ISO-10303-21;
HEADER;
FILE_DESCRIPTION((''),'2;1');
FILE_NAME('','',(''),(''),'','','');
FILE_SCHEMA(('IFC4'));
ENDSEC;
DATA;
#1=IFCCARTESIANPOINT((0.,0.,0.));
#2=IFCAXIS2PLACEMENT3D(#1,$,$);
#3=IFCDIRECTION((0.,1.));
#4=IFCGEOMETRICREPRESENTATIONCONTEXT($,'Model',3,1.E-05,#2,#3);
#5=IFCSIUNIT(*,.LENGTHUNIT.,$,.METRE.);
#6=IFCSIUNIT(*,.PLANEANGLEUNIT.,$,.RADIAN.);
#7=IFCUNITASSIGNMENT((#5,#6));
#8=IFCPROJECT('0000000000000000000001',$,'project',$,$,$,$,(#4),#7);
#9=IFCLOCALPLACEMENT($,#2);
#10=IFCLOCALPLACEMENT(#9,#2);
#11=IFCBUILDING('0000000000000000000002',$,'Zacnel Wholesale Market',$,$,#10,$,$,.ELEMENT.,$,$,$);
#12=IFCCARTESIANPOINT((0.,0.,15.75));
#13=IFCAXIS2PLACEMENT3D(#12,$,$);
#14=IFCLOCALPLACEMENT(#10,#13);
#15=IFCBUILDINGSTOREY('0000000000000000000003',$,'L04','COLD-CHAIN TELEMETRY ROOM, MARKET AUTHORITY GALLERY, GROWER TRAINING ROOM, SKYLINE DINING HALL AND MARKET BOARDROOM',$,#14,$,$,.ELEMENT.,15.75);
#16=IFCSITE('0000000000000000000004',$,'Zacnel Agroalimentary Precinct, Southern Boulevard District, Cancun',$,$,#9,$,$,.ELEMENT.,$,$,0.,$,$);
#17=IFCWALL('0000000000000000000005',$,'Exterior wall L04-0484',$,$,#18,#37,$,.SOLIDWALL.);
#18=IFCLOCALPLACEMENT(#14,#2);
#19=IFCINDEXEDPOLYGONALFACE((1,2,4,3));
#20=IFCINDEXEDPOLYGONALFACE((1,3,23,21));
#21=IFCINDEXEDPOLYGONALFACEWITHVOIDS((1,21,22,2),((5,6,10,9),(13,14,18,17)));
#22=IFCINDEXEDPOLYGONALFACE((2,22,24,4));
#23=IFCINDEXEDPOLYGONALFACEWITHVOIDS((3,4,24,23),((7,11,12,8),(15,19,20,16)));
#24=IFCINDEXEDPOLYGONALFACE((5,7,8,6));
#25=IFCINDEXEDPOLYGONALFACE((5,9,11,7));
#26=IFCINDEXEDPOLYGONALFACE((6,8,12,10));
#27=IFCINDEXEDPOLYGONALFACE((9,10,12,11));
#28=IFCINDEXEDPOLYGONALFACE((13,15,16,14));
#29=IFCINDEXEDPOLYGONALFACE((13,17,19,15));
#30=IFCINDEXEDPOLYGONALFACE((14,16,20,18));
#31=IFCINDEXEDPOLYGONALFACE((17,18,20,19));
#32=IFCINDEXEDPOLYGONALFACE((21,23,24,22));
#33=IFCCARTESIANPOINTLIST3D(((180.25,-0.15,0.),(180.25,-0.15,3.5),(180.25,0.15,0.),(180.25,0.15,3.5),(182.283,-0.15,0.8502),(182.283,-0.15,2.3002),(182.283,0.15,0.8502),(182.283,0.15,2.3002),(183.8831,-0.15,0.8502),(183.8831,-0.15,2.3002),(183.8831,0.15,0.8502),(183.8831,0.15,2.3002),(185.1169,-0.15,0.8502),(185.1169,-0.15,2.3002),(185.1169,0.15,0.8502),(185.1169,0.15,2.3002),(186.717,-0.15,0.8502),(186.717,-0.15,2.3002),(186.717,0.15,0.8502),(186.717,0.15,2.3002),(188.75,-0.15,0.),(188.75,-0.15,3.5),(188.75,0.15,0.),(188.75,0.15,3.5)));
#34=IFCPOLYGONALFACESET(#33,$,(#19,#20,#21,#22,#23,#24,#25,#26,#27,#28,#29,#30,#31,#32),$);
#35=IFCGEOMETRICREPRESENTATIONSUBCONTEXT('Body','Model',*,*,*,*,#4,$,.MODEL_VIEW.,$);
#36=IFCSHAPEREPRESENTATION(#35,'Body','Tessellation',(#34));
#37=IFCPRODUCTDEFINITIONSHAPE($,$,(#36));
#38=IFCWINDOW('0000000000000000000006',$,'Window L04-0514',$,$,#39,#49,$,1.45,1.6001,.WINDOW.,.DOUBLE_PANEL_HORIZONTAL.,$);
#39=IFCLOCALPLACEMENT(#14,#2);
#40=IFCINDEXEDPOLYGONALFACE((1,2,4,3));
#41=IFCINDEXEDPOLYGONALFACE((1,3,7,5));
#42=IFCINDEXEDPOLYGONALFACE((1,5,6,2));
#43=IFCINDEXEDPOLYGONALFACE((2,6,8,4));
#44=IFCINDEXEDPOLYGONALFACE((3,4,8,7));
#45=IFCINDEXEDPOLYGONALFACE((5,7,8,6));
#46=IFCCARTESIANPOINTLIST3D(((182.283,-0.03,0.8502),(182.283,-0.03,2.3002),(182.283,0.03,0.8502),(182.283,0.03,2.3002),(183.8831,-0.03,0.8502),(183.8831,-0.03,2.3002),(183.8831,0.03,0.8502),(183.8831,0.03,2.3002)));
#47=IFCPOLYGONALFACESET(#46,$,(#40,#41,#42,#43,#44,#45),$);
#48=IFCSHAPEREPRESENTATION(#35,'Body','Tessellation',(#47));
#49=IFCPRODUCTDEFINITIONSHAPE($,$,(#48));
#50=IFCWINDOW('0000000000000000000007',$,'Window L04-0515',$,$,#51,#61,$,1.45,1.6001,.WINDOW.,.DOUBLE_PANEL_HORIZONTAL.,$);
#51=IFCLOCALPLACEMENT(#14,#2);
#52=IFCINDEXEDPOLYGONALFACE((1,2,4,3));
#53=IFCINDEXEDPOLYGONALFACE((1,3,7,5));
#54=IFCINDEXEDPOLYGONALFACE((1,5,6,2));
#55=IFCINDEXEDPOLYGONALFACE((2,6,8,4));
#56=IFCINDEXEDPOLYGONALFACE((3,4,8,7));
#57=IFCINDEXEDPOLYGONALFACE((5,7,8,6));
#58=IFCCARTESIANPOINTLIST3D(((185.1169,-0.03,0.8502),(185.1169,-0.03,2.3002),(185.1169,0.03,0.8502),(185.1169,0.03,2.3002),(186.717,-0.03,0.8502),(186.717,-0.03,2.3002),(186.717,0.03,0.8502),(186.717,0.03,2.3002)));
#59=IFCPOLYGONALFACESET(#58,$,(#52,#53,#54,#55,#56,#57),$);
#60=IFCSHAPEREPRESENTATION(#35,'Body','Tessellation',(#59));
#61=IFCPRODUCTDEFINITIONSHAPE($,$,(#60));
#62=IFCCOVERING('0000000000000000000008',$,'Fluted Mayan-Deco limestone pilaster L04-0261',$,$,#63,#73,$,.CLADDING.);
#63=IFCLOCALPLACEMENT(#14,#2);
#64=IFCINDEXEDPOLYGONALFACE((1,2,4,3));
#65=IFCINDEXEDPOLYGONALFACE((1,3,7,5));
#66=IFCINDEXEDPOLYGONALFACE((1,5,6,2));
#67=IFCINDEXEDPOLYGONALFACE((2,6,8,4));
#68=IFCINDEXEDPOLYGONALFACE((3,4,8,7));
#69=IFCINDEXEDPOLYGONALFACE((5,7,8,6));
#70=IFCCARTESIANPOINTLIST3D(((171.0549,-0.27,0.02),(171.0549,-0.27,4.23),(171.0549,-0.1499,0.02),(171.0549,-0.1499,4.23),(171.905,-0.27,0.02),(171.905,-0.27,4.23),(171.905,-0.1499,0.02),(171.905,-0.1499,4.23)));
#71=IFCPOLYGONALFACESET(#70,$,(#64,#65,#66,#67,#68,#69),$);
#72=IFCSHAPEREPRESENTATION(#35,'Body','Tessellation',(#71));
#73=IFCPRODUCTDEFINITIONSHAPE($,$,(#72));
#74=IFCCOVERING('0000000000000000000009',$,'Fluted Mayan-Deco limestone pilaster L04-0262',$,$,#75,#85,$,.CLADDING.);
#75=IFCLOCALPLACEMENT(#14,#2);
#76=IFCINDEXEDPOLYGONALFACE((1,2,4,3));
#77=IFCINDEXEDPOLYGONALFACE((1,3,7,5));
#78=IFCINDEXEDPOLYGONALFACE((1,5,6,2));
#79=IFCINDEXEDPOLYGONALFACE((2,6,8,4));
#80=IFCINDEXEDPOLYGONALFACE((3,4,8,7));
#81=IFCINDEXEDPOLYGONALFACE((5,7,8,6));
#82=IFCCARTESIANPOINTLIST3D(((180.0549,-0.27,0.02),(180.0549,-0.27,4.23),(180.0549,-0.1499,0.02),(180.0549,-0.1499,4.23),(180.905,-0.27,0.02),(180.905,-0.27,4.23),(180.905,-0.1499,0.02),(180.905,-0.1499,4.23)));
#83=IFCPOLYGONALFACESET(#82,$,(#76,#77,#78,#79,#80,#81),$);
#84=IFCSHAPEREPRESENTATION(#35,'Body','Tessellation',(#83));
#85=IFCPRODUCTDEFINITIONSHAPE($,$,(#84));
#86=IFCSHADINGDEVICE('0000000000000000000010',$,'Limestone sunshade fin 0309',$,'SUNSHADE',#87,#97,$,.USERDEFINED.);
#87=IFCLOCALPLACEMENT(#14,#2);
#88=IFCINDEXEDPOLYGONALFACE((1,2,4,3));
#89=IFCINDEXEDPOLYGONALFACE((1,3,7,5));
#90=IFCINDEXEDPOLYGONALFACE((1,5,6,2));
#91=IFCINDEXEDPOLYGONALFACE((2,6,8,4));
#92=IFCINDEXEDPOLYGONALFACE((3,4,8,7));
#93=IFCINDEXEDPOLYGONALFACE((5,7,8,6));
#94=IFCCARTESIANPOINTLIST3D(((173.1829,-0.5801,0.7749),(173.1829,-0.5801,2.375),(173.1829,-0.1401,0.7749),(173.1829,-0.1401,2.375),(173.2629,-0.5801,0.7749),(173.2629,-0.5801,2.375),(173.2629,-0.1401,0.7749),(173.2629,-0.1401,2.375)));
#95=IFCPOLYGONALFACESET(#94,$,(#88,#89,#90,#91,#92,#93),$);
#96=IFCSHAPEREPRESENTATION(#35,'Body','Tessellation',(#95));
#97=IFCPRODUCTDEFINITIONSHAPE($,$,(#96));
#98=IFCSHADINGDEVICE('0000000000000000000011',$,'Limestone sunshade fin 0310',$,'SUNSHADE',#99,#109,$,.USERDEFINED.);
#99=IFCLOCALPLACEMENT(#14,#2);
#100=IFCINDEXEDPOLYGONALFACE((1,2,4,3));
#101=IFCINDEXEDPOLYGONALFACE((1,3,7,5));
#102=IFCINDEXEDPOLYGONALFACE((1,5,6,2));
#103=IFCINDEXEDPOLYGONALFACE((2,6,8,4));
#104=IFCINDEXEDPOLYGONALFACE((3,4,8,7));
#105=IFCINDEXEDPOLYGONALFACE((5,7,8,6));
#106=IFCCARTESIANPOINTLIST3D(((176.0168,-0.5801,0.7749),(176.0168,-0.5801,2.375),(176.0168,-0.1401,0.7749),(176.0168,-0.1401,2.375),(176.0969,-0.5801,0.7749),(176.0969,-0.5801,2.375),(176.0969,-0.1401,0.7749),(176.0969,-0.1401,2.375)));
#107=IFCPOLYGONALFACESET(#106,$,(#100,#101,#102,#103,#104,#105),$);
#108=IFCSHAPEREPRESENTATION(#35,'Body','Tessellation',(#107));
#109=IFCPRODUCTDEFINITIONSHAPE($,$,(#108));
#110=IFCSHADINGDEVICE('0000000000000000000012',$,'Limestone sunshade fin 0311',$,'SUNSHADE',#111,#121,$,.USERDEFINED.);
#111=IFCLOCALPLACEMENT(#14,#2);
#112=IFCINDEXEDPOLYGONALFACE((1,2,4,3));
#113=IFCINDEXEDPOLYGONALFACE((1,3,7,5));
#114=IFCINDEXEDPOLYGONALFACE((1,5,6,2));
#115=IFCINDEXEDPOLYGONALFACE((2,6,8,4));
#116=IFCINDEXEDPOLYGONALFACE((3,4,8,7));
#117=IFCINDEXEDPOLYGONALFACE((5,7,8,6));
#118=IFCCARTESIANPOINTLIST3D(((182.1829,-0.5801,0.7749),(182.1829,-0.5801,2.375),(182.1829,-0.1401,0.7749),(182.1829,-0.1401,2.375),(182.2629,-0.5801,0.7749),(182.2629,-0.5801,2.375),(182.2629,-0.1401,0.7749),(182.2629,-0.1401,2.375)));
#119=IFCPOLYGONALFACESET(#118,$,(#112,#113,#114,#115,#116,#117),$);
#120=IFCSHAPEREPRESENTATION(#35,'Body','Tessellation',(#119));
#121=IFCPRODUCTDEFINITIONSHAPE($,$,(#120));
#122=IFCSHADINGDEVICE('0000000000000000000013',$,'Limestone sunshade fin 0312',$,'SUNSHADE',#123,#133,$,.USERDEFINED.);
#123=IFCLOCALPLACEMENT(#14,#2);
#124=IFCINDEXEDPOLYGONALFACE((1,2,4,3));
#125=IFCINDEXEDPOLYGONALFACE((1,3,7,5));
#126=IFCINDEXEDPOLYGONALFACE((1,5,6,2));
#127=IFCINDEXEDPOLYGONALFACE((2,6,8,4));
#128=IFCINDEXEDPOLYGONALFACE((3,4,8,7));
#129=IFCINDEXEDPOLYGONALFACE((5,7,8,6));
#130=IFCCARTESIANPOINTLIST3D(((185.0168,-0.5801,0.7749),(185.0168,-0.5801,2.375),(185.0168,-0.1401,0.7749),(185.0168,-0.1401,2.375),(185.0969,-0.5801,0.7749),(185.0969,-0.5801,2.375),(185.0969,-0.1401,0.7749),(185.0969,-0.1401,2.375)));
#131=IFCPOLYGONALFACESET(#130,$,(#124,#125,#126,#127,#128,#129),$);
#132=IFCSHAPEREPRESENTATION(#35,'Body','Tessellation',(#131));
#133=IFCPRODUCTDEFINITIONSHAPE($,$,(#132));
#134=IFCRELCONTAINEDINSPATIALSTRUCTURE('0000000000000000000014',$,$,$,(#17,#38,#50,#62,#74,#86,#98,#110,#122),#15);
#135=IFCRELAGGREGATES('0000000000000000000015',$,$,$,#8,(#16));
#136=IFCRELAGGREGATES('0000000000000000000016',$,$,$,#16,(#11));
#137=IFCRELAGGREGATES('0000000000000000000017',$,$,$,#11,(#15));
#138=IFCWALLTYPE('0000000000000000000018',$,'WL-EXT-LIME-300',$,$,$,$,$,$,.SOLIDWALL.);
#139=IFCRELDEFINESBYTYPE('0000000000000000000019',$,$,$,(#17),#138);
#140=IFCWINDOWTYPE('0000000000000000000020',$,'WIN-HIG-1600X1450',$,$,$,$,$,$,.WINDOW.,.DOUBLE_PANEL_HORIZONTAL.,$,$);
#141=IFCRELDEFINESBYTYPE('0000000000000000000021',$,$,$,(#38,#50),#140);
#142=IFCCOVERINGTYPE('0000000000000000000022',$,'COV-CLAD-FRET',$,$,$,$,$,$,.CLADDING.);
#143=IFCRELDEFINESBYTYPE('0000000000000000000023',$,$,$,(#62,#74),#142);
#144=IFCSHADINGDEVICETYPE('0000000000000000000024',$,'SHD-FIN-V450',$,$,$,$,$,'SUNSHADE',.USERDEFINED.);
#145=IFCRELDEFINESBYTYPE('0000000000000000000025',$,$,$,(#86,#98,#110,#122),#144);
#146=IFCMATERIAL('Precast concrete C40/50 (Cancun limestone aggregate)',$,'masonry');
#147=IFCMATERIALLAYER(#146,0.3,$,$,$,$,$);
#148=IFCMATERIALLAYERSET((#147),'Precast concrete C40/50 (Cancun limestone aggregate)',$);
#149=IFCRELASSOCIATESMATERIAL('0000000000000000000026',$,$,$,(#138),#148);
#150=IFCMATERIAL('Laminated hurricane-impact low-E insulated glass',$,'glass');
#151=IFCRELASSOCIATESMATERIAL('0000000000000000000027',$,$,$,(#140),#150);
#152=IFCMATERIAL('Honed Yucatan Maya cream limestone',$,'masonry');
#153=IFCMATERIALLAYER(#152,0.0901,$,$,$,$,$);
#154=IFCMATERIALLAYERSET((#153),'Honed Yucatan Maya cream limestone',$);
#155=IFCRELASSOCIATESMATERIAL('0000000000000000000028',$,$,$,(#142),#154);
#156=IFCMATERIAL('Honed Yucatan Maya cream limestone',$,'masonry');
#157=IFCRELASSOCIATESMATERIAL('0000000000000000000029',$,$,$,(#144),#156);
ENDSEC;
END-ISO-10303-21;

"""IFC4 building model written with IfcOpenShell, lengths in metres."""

from ifc_helpers import new_model, si_unit, direction, frame, frame_2d, origin, origin_2d, place, context, subcontext, project, spatial, rectangle, extrude, material, layer, layer_set, type_object, element, fill, save


model = new_model("IFC4")

# Units and contexts
model_context = context("Model", 3, precision=1e-05, world=origin(), true_north=direction((0.0, 1.0)))
body_context = subcontext(model_context, "Body", "Model", "MODEL_VIEW")
ifc_project = project(units=[si_unit("LENGTHUNIT", "METRE"), si_unit("PLANEANGLEUNIT", "RADIAN")], contexts=[model_context])

# Site, building, storey
site_placement = place(None, origin())
site = spatial("IfcSite", under=ifc_project, at=site_placement, Name="Zacnel Agroalimentary Precinct, Southern Boulevard District, Cancun", CompositionType="ELEMENT", RefElevation=0.0)
building_placement = place(site_placement, origin())
building = spatial("IfcBuilding", under=site, at=building_placement, Name="Zacnel Wholesale Market", CompositionType="ELEMENT")
storey_placement = place(building_placement, frame((0.0, 0.0, 15.75)))
storey = spatial("IfcBuildingStorey", under=building, at=storey_placement, Name="L04", Description="COLD-CHAIN TELEMETRY ROOM, MARKET AUTHORITY GALLERY, GROWER TRAINING ROOM, SKYLINE DINING HALL AND MARKET BOARDROOM", CompositionType="ELEMENT", Elevation=15.75)

# Wall, openings, windows
ifc_material_1 = material(Name="Precast concrete C40/50 (Cancun limestone aggregate)", Category="masonry")
ifc_layer_1 = layer(ifc_material_1, 0.3)
ifc_layer_set_1 = layer_set([ifc_layer_1], Name="Precast concrete C40/50 (Cancun limestone aggregate)")
wall_type_1 = type_object("IfcWallType", Name="WL-EXT-LIME-300", PredefinedType="SOLIDWALL", material=ifc_layer_set_1)
wall_1_placement = place(storey_placement, frame((180.25, 0.0, 0.0), z_axis=(0.0, 0.0, 1.0), x_axis=(1.0, 0.0, 0.0)))
wall_1 = element("IfcWall", 1, at=wall_1_placement, inside=storey, type_object=wall_type_1, Name="Exterior wall L04-0484", PredefinedType="SOLIDWALL", context=body_context, shape_type="SweptSolid", body=[
    extrude(rectangle(XDim=8.5, YDim=0.3, at=frame_2d((4.25, 0.0))), origin(), (0.0, 0.0, 1.0), 3.5),
])
opening_1_placement = place(wall_1_placement, frame((2.033, 0.0, 0.8501)))
opening_1 = element("IfcOpeningElement", 2, at=opening_1_placement, cuts=wall_1, PredefinedType="OPENING", context=body_context, shape_type="SweptSolid", body=[
    extrude(rectangle(XDim=1.6001, YDim=1.45, at=frame_2d((0.8, 0.7251))), frame((0.0, 0.1599, 0.0), z_axis=(0.0, -1.0, 0.0), x_axis=(1.0, 0.0, 0.0)), (0.0, 0.0, 1.0), 0.3201),
])
opening_2_placement = place(wall_1_placement, frame((4.8669, 0.0, 0.8501)))
opening_2 = element("IfcOpeningElement", 3, at=opening_2_placement, cuts=wall_1, PredefinedType="OPENING", context=body_context, shape_type="SweptSolid", body=[
    extrude(rectangle(XDim=1.6001, YDim=1.45, at=frame_2d((0.8, 0.7251))), frame((0.0, 0.1599, 0.0), z_axis=(0.0, -1.0, 0.0), x_axis=(1.0, 0.0, 0.0)), (0.0, 0.0, 1.0), 0.3201),
])
ifc_material_2 = material(Name="Laminated hurricane-impact low-E insulated glass", Category="glass")
window_type = type_object("IfcWindowType", Name="WIN-HIG-1600X1450", PartitioningType="DOUBLE_PANEL_HORIZONTAL", PredefinedType="WINDOW", material=ifc_material_2)
window_1_placement = place(opening_1_placement, origin())
window_1 = element("IfcWindow", 4, at=window_1_placement, inside=storey, type_object=window_type, Name="Window L04-0514", OverallHeight=1.45, OverallWidth=1.6001, PartitioningType="DOUBLE_PANEL_HORIZONTAL", PredefinedType="WINDOW", context=body_context, shape_type="SweptSolid", body=[
    extrude(rectangle(XDim=1.6001, YDim=1.45, at=frame_2d((0.8, 0.7251))), frame((0.0, 0.03, 0.0), z_axis=(0.0, -1.0, 0.0), x_axis=(1.0, 0.0, 0.0)), (0.0, 0.0, 1.0), 0.0601),
])
fill(opening_1, window_1)
window_2_placement = place(opening_2_placement, origin())
window_2 = element("IfcWindow", 5, at=window_2_placement, inside=storey, type_object=window_type, Name="Window L04-0515", OverallHeight=1.45, OverallWidth=1.6001, PartitioningType="DOUBLE_PANEL_HORIZONTAL", PredefinedType="WINDOW", context=body_context, shape_type="SweptSolid", body=[
    extrude(rectangle(XDim=1.6001, YDim=1.45, at=frame_2d((0.8, 0.7251))), frame((0.0, 0.03, 0.0), z_axis=(0.0, -1.0, 0.0), x_axis=(1.0, 0.0, 0.0)), (0.0, 0.0, 1.0), 0.0601),
])
fill(opening_2, window_2)

# Coverings
ifc_material_3 = material(Name="Honed Yucatan Maya cream limestone", Category="masonry")
ifc_layer_2 = layer(ifc_material_3, 0.0901)
ifc_layer_set_2 = layer_set([ifc_layer_2], Name="Honed Yucatan Maya cream limestone")
covering_type = type_object("IfcCoveringType", Name="COV-CLAD-FRET", PredefinedType="CLADDING", material=ifc_layer_set_2)
for number, where, z_axis, x_axis, name in (
    (6, (171.48, -0.21, 0.02), (0.0, 0.0, 1.0), (1.0, 0.0, 0.0), "Fluted Mayan-Deco limestone pilaster L04-0261"),
    (7, (180.48, -0.21, 0.02), (0.0, 0.0, 1.0), (1.0, 0.0, 0.0), "Fluted Mayan-Deco limestone pilaster L04-0262"),
):
    element("IfcCovering", number, at=place(storey_placement, frame(where, z_axis=z_axis, x_axis=x_axis)), inside=storey, type_object=covering_type, Name=name, PredefinedType="CLADDING", context=body_context, shape_type="SweptSolid", body=[
        extrude(rectangle(XDim=0.8501, YDim=0.1201, at=origin_2d()), origin(), (0.0, 0.0, 1.0), 4.21),
    ])

# Shading devices
ifc_material_4 = material(Name="Honed Yucatan Maya cream limestone", Category="masonry")
shading_device_type = type_object("IfcShadingDeviceType", Name="SHD-FIN-V450", ElementType="SUNSHADE", PredefinedType="USERDEFINED", material=ifc_material_4)
for number, where, z_axis, x_axis, name in (
    (8, (173.2229, -0.3601, 0.7749), (0.0, 0.0, 1.0), (1.0, 0.0, 0.0), "Limestone sunshade fin 0309"),
    (9, (176.0569, -0.3601, 0.7749), (0.0, 0.0, 1.0), (1.0, 0.0, 0.0), "Limestone sunshade fin 0310"),
    (10, (182.2229, -0.3601, 0.7749), (0.0, 0.0, 1.0), (1.0, 0.0, 0.0), "Limestone sunshade fin 0311"),
    (11, (185.0569, -0.3601, 0.7749), (0.0, 0.0, 1.0), (1.0, 0.0, 0.0), "Limestone sunshade fin 0312"),
):
    element("IfcShadingDevice", number, at=place(storey_placement, frame(where, z_axis=z_axis, x_axis=x_axis)), inside=storey, type_object=shading_device_type, Name=name, ObjectType="SUNSHADE", PredefinedType="USERDEFINED", context=body_context, shape_type="SweptSolid", body=[
        extrude(rectangle(XDim=0.0801, YDim=0.4399, at=origin_2d()), origin(), (0.0, 0.0, 1.0), 1.6001),
    ])

save(model, "model.ifc")
